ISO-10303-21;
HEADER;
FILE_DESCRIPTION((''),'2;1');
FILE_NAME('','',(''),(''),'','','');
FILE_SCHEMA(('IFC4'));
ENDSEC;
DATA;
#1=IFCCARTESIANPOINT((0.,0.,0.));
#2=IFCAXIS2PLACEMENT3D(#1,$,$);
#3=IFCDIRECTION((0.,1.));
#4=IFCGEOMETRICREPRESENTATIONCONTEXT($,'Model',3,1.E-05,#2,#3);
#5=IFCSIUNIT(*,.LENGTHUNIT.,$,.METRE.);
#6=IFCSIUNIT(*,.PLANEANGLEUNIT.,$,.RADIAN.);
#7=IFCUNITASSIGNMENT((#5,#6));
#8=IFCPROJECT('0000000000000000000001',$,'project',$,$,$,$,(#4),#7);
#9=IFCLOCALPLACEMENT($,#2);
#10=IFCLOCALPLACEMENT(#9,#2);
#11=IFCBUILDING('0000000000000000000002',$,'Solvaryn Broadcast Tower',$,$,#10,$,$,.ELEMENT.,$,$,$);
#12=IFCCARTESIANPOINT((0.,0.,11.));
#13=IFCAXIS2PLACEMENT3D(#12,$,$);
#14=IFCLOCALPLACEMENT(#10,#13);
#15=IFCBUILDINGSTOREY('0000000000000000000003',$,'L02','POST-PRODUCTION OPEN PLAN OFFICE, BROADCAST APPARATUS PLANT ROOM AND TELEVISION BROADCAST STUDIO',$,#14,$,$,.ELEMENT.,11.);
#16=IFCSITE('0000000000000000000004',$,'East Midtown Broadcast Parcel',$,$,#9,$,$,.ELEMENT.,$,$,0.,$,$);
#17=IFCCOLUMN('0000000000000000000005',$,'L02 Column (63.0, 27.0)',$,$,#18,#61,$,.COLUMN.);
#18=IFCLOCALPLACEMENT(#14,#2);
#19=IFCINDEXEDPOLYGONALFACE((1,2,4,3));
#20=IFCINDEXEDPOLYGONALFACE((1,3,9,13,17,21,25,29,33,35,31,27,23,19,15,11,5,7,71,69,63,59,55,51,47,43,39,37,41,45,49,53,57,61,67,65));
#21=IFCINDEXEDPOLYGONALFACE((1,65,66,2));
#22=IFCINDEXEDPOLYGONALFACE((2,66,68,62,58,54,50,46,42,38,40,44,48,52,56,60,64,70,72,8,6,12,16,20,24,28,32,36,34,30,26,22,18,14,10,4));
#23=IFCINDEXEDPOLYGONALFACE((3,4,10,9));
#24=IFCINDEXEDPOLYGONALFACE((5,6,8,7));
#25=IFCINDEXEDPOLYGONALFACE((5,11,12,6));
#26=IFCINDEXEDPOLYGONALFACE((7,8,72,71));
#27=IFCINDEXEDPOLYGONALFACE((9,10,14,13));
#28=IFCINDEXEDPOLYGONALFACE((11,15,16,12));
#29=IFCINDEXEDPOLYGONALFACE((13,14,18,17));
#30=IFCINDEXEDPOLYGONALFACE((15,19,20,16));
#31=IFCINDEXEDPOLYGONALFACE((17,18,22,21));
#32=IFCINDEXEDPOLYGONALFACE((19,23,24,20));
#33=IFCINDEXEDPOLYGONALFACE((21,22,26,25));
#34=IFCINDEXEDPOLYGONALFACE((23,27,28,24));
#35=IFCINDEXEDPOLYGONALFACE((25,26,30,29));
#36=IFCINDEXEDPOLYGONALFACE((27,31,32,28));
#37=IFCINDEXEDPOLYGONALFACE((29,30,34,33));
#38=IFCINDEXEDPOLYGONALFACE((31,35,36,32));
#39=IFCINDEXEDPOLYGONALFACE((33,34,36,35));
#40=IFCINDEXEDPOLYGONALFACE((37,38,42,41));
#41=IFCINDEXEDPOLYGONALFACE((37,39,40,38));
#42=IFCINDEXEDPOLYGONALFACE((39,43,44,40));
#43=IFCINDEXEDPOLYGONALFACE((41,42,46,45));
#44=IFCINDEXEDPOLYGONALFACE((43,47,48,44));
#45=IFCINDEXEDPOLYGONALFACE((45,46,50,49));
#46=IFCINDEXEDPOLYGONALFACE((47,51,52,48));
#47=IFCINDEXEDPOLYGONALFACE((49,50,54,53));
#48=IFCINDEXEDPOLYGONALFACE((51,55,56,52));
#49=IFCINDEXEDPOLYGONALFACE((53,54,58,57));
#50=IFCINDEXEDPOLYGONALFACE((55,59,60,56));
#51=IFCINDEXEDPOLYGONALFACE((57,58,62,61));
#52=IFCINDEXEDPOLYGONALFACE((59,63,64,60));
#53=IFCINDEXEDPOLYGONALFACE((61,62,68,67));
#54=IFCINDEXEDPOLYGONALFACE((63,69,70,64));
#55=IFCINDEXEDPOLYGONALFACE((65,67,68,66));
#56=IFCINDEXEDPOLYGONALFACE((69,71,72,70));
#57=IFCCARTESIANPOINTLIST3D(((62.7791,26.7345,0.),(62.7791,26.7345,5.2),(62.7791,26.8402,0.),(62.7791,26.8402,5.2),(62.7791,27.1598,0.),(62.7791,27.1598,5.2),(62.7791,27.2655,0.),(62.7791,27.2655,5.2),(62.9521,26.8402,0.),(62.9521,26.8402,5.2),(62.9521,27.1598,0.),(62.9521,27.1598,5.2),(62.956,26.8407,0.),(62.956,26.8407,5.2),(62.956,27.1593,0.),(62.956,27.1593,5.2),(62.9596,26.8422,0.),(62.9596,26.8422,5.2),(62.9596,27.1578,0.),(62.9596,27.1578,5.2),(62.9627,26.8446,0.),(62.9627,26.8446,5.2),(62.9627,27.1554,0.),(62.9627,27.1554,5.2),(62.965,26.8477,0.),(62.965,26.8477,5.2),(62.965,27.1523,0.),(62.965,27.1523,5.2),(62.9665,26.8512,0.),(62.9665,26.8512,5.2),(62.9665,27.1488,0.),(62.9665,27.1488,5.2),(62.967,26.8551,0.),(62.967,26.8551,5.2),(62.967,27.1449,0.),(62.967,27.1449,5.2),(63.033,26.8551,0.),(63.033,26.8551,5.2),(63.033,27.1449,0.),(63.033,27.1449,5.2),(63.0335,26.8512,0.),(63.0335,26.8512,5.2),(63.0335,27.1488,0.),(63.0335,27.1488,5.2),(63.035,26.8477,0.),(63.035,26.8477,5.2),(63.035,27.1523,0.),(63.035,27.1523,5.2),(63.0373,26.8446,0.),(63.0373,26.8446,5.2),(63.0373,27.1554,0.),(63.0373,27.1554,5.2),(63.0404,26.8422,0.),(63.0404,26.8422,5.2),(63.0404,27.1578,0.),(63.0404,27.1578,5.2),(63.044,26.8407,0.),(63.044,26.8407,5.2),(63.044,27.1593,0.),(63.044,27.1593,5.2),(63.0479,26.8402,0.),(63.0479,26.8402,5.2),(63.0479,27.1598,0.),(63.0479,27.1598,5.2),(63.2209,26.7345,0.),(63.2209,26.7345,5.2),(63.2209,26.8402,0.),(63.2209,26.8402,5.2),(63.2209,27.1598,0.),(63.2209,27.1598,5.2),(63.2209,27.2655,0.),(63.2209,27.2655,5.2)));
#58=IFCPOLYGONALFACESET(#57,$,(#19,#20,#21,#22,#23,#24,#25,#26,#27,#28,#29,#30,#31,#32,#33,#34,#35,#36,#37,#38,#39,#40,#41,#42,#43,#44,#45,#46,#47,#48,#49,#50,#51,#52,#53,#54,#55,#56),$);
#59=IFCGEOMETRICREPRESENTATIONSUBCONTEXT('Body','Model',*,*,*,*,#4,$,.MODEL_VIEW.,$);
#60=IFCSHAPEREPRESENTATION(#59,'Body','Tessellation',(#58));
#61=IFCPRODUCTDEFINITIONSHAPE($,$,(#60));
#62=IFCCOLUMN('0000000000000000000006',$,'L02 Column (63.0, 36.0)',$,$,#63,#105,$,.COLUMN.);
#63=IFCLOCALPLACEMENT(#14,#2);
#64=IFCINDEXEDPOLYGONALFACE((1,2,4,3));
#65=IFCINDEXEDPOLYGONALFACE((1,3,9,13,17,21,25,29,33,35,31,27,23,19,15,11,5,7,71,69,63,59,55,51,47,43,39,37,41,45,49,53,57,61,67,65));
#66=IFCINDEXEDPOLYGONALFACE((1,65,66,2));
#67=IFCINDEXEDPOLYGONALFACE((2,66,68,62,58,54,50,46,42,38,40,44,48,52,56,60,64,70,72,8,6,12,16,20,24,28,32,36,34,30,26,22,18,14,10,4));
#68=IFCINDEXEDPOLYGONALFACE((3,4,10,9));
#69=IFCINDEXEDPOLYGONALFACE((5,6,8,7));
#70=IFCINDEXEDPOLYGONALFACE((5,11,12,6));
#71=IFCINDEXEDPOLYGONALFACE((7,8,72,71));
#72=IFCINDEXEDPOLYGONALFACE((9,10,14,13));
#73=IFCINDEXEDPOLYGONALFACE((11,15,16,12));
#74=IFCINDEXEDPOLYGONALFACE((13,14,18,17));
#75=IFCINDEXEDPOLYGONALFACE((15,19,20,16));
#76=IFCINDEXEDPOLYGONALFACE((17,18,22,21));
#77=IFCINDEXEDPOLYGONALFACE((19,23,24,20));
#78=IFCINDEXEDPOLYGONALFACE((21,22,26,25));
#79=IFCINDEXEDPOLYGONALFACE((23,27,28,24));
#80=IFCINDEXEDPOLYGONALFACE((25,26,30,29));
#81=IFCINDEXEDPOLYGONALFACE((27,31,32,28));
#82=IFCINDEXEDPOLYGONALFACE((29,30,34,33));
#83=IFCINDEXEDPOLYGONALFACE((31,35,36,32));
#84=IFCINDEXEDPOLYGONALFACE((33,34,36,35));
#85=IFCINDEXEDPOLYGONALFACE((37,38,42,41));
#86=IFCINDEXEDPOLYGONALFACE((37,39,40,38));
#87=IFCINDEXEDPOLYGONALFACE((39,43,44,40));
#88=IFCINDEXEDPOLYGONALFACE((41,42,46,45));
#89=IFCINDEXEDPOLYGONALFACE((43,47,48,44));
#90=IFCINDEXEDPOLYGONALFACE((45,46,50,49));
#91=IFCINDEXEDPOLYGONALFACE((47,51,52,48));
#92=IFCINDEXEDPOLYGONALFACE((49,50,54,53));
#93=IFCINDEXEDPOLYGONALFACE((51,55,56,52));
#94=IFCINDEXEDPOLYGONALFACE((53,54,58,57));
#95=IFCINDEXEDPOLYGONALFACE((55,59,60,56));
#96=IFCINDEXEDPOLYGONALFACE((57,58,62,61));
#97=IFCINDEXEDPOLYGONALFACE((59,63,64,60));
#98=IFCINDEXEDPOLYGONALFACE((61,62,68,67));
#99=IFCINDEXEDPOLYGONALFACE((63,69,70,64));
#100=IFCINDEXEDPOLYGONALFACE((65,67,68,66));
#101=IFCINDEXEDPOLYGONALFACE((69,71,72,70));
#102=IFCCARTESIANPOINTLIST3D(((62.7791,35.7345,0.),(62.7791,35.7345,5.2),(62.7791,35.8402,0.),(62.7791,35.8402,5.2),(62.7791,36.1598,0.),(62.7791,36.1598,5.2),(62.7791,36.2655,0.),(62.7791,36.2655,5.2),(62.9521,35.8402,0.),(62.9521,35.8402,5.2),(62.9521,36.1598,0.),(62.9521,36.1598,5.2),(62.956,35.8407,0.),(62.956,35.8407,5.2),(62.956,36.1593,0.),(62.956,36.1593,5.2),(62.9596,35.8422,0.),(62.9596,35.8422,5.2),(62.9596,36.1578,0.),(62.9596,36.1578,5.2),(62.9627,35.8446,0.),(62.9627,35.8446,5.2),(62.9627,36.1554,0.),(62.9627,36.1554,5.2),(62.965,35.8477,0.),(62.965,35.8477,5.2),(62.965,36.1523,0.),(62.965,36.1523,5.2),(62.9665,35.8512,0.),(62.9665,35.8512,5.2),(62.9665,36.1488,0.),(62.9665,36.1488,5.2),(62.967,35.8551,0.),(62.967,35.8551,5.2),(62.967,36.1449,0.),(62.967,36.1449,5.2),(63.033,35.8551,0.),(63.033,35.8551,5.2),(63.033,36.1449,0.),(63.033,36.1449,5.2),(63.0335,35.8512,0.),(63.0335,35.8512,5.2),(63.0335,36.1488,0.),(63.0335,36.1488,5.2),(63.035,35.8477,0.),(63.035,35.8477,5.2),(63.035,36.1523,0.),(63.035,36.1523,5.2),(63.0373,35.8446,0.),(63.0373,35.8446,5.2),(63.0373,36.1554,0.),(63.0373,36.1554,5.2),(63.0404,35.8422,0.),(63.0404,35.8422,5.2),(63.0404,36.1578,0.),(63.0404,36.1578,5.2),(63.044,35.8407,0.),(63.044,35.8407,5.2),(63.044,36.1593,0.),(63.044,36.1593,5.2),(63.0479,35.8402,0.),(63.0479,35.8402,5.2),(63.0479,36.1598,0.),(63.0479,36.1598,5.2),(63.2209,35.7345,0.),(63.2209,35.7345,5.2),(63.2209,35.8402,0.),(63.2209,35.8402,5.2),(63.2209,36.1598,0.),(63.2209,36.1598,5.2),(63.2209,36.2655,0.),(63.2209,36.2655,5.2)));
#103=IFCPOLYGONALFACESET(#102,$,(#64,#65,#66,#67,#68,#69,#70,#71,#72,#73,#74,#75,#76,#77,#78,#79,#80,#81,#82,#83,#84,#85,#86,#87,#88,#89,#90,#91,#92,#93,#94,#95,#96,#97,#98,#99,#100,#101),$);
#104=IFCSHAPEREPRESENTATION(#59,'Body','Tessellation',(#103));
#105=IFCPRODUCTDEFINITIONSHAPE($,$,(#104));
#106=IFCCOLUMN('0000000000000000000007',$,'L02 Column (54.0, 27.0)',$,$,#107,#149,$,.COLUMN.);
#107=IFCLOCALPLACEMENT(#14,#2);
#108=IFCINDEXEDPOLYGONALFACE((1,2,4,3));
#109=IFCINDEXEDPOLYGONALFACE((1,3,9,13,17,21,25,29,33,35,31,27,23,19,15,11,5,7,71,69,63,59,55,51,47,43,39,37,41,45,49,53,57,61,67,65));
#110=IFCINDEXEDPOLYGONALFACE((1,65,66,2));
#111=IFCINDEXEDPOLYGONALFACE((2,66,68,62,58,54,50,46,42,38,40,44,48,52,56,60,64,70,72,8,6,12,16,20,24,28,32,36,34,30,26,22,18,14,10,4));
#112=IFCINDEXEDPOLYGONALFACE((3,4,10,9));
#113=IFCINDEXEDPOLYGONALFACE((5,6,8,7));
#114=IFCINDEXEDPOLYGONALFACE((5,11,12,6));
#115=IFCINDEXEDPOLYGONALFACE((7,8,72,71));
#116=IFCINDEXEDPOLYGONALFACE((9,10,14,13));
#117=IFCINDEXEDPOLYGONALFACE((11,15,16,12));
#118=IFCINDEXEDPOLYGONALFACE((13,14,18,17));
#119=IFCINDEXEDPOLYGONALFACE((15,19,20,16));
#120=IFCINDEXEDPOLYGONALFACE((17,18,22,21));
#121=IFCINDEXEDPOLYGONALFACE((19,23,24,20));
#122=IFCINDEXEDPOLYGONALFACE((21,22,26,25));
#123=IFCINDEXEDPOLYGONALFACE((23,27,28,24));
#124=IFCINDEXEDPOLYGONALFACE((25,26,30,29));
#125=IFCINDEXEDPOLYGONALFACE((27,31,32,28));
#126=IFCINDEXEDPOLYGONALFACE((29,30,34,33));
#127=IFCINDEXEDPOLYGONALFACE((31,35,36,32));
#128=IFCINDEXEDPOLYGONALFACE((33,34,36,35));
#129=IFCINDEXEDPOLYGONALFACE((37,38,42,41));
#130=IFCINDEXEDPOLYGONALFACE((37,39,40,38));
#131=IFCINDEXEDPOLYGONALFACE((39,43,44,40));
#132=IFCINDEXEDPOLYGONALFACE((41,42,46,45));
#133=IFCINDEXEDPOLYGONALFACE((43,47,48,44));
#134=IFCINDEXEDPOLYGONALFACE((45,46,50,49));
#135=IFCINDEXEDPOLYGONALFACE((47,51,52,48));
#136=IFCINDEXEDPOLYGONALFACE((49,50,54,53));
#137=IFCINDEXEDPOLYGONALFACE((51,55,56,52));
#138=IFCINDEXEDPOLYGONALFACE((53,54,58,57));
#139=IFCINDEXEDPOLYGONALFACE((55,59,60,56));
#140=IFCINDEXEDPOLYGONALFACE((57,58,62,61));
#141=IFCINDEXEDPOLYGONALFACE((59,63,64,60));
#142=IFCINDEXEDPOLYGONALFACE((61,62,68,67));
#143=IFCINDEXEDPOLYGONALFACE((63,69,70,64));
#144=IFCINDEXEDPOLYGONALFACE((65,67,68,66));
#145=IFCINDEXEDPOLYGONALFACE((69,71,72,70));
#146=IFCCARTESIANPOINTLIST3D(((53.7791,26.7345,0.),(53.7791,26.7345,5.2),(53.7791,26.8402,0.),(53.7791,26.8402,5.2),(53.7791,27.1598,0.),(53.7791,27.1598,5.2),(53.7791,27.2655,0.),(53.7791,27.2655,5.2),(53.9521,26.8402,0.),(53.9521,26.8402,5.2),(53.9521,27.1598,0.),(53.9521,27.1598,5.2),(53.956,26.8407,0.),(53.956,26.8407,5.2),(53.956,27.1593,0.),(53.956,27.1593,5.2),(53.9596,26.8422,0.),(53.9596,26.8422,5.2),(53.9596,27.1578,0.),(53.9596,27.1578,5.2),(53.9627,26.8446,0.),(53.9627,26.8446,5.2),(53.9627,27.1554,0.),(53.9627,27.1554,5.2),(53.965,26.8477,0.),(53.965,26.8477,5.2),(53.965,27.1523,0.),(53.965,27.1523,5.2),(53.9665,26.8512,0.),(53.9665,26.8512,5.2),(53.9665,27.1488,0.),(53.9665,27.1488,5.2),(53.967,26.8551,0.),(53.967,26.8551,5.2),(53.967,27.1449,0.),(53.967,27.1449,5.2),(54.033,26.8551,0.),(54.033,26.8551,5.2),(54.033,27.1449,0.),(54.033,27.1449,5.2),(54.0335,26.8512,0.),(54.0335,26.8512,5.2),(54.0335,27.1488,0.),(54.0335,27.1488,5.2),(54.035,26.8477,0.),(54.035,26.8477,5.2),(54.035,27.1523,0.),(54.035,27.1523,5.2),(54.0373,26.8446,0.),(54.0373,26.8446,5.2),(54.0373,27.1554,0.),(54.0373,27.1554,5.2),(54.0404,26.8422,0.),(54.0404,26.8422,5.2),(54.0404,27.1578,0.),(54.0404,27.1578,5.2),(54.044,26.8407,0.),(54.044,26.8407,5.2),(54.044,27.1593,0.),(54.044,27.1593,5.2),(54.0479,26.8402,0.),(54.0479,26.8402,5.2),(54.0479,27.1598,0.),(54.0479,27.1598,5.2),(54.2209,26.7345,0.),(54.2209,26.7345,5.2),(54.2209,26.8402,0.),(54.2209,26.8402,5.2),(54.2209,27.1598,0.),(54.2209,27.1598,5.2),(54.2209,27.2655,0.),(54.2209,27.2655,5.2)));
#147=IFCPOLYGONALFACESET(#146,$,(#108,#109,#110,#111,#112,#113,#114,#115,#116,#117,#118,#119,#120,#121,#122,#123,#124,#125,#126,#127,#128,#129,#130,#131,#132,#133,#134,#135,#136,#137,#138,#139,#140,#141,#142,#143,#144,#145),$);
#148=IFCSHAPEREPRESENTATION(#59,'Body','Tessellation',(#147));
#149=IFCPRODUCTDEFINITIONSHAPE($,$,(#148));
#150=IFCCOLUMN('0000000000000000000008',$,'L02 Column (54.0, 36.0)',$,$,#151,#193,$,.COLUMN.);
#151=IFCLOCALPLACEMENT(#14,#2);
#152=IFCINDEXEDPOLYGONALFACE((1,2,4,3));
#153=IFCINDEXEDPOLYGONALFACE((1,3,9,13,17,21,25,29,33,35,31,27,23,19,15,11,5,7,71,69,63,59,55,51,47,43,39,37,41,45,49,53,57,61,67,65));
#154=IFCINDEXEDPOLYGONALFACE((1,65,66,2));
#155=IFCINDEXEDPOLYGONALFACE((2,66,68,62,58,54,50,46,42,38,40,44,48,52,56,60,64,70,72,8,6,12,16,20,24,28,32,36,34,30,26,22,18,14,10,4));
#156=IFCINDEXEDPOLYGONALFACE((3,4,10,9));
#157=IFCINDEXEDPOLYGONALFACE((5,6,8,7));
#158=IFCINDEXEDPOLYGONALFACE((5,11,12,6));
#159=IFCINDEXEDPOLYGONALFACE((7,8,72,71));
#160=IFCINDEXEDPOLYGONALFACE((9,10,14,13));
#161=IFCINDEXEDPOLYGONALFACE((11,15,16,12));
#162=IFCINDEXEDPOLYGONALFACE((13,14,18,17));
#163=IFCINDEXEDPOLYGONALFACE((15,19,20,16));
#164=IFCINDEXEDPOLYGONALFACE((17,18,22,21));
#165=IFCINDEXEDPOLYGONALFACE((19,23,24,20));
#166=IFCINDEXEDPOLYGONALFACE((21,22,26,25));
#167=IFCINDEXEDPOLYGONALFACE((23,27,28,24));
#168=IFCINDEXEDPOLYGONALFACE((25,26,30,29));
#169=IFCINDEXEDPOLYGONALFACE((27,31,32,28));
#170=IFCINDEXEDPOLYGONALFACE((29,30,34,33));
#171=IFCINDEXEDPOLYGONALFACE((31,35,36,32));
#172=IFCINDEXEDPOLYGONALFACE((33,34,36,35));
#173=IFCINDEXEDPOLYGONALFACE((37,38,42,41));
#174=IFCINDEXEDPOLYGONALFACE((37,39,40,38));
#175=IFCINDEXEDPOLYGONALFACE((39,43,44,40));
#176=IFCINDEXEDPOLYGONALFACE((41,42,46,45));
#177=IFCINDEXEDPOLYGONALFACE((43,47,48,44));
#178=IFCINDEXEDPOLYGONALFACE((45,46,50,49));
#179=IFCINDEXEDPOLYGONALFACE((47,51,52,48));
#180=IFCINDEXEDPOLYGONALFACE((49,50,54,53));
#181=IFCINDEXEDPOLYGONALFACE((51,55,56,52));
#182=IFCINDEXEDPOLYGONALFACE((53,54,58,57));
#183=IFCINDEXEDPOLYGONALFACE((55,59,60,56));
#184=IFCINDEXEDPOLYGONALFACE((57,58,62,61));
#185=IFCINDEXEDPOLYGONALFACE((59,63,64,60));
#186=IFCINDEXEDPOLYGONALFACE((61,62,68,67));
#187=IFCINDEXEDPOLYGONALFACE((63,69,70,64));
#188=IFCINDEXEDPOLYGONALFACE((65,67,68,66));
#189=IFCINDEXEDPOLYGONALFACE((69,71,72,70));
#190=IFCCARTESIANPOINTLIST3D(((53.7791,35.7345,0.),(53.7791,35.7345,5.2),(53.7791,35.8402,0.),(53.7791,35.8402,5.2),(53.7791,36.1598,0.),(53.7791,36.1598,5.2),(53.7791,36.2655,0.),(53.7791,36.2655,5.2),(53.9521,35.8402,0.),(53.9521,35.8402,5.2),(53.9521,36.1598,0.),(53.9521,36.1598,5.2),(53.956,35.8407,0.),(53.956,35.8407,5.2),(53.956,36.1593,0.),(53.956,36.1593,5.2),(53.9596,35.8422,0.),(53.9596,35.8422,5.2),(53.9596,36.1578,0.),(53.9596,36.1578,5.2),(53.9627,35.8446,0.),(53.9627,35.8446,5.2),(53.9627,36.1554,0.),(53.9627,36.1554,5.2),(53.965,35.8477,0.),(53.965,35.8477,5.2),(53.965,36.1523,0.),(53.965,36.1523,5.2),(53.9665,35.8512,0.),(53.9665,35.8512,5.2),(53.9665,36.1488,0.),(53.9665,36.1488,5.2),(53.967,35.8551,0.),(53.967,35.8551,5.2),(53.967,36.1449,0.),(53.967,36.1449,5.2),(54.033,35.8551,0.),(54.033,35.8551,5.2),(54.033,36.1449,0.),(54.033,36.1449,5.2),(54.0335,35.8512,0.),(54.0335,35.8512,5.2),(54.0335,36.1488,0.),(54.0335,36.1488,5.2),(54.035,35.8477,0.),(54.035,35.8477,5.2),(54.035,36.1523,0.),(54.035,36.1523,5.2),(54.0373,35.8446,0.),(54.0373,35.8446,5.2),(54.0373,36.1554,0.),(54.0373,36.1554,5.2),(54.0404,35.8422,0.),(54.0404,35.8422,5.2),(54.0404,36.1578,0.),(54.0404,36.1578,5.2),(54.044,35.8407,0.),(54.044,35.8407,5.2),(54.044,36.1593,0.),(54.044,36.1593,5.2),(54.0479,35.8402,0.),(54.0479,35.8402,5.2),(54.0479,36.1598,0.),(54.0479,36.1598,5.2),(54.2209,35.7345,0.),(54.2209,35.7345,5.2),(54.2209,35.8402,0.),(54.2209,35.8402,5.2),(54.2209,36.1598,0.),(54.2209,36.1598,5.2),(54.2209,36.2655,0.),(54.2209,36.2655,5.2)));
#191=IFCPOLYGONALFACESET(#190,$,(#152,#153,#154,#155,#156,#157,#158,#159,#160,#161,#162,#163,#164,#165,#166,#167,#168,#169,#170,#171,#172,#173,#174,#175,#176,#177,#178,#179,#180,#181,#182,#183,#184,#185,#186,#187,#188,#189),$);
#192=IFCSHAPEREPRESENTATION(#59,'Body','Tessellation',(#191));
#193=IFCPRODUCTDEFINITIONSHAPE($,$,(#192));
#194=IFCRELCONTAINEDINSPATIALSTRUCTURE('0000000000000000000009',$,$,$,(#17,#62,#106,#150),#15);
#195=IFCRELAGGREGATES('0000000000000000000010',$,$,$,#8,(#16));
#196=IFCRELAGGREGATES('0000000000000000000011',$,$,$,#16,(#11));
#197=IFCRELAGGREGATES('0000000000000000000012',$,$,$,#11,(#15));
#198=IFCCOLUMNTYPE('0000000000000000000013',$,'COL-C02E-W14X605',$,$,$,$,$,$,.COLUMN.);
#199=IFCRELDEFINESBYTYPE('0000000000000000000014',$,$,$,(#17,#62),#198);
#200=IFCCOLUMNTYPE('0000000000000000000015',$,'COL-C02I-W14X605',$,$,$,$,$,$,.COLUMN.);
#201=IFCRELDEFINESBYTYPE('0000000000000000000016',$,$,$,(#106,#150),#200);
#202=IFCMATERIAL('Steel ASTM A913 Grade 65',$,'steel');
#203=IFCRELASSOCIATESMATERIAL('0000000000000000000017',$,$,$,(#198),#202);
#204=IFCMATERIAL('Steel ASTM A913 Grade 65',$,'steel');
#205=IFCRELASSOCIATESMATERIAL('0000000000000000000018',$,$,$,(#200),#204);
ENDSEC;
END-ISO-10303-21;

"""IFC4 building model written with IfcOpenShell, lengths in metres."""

from ifc_helpers import new_model, si_unit, direction, frame, origin, origin_2d, place, context, subcontext, project, spatial, i_section, extrude, material, material_profile, profile_set, type_object, element, save


model = new_model("IFC4")

# Units and contexts
model_context = context("Model", 3, precision=1e-05, world=origin(), true_north=direction((0.0, 1.0)))
body_context = subcontext(model_context, "Body", "Model", "MODEL_VIEW")
ifc_project = project(units=[si_unit("LENGTHUNIT", "METRE"), si_unit("PLANEANGLEUNIT", "RADIAN")], contexts=[model_context])

# Site, building, storey
site_placement = place(None, origin())
site = spatial("IfcSite", under=ifc_project, at=site_placement, Name="East Midtown Broadcast Parcel", CompositionType="ELEMENT", RefElevation=0.0)
building_placement = place(site_placement, origin())
building = spatial("IfcBuilding", under=site, at=building_placement, Name="Solvaryn Broadcast Tower", CompositionType="ELEMENT")
storey_placement = place(building_placement, frame((0.0, 0.0, 11.0)))
storey = spatial("IfcBuildingStorey", under=building, at=storey_placement, Name="L02", Description="POST-PRODUCTION OPEN PLAN OFFICE, BROADCAST APPARATUS PLANT ROOM AND TELEVISION BROADCAST STUDIO", CompositionType="ELEMENT", Elevation=11.0)

# Columns
ifc_material_1 = material(Name="Steel ASTM A913 Grade 65", Category="steel")
ifc_material_profile_1 = material_profile(ifc_material_1, i_section(OverallWidth=0.4419, OverallDepth=0.531, WebThickness=0.0659, FlangeThickness=0.1057, FilletRadius=0.0149, at=origin_2d()))
ifc_profile_set_1 = profile_set([ifc_material_profile_1], Name="Steel ASTM A913 Grade 65")
column_type_1 = type_object("IfcColumnType", Name="COL-C02E-W14X605", PredefinedType="COLUMN", material=ifc_profile_set_1)
for number, where, z_axis, x_axis, name in (
    (1, (63.0, 27.0, 0.0), (0.0, 0.0, 1.0), (1.0, 0.0, 0.0), "L02 Column (63.0, 27.0)"),
    (2, (63.0, 36.0, 0.0), (0.0, 0.0, 1.0), (1.0, 0.0, 0.0), "L02 Column (63.0, 36.0)"),
):
    element("IfcColumn", number, at=place(storey_placement, frame(where, z_axis=z_axis, x_axis=x_axis)), inside=storey, type_object=column_type_1, Name=name, PredefinedType="COLUMN", context=body_context, shape_type="SweptSolid", body=[
        extrude(i_section(OverallWidth=0.4419, OverallDepth=0.531, WebThickness=0.0659, FlangeThickness=0.1057, FilletRadius=0.0149, at=origin_2d()), origin(), (0.0, 0.0, 1.0), 5.2),
    ])
ifc_material_2 = material(Name="Steel ASTM A913 Grade 65", Category="steel")
ifc_material_profile_2 = material_profile(ifc_material_2, i_section(OverallWidth=0.4419, OverallDepth=0.531, WebThickness=0.0659, FlangeThickness=0.1057, FilletRadius=0.0149, at=origin_2d()))
ifc_profile_set_2 = profile_set([ifc_material_profile_2], Name="Steel ASTM A913 Grade 65")
column_type_2 = type_object("IfcColumnType", Name="COL-C02I-W14X605", PredefinedType="COLUMN", material=ifc_profile_set_2)
for number, where, z_axis, x_axis, name in (
    (3, (54.0, 27.0, 0.0), (0.0, 0.0, 1.0), (1.0, 0.0, 0.0), "L02 Column (54.0, 27.0)"),
    (4, (54.0, 36.0, 0.0), (0.0, 0.0, 1.0), (1.0, 0.0, 0.0), "L02 Column (54.0, 36.0)"),
):
    element("IfcColumn", number, at=place(storey_placement, frame(where, z_axis=z_axis, x_axis=x_axis)), inside=storey, type_object=column_type_2, Name=name, PredefinedType="COLUMN", context=body_context, shape_type="SweptSolid", body=[
        extrude(i_section(OverallWidth=0.4419, OverallDepth=0.531, WebThickness=0.0659, FlangeThickness=0.1057, FilletRadius=0.0149, at=origin_2d()), origin(), (0.0, 0.0, 1.0), 5.2),
    ])

save(model, "model.ifc")
